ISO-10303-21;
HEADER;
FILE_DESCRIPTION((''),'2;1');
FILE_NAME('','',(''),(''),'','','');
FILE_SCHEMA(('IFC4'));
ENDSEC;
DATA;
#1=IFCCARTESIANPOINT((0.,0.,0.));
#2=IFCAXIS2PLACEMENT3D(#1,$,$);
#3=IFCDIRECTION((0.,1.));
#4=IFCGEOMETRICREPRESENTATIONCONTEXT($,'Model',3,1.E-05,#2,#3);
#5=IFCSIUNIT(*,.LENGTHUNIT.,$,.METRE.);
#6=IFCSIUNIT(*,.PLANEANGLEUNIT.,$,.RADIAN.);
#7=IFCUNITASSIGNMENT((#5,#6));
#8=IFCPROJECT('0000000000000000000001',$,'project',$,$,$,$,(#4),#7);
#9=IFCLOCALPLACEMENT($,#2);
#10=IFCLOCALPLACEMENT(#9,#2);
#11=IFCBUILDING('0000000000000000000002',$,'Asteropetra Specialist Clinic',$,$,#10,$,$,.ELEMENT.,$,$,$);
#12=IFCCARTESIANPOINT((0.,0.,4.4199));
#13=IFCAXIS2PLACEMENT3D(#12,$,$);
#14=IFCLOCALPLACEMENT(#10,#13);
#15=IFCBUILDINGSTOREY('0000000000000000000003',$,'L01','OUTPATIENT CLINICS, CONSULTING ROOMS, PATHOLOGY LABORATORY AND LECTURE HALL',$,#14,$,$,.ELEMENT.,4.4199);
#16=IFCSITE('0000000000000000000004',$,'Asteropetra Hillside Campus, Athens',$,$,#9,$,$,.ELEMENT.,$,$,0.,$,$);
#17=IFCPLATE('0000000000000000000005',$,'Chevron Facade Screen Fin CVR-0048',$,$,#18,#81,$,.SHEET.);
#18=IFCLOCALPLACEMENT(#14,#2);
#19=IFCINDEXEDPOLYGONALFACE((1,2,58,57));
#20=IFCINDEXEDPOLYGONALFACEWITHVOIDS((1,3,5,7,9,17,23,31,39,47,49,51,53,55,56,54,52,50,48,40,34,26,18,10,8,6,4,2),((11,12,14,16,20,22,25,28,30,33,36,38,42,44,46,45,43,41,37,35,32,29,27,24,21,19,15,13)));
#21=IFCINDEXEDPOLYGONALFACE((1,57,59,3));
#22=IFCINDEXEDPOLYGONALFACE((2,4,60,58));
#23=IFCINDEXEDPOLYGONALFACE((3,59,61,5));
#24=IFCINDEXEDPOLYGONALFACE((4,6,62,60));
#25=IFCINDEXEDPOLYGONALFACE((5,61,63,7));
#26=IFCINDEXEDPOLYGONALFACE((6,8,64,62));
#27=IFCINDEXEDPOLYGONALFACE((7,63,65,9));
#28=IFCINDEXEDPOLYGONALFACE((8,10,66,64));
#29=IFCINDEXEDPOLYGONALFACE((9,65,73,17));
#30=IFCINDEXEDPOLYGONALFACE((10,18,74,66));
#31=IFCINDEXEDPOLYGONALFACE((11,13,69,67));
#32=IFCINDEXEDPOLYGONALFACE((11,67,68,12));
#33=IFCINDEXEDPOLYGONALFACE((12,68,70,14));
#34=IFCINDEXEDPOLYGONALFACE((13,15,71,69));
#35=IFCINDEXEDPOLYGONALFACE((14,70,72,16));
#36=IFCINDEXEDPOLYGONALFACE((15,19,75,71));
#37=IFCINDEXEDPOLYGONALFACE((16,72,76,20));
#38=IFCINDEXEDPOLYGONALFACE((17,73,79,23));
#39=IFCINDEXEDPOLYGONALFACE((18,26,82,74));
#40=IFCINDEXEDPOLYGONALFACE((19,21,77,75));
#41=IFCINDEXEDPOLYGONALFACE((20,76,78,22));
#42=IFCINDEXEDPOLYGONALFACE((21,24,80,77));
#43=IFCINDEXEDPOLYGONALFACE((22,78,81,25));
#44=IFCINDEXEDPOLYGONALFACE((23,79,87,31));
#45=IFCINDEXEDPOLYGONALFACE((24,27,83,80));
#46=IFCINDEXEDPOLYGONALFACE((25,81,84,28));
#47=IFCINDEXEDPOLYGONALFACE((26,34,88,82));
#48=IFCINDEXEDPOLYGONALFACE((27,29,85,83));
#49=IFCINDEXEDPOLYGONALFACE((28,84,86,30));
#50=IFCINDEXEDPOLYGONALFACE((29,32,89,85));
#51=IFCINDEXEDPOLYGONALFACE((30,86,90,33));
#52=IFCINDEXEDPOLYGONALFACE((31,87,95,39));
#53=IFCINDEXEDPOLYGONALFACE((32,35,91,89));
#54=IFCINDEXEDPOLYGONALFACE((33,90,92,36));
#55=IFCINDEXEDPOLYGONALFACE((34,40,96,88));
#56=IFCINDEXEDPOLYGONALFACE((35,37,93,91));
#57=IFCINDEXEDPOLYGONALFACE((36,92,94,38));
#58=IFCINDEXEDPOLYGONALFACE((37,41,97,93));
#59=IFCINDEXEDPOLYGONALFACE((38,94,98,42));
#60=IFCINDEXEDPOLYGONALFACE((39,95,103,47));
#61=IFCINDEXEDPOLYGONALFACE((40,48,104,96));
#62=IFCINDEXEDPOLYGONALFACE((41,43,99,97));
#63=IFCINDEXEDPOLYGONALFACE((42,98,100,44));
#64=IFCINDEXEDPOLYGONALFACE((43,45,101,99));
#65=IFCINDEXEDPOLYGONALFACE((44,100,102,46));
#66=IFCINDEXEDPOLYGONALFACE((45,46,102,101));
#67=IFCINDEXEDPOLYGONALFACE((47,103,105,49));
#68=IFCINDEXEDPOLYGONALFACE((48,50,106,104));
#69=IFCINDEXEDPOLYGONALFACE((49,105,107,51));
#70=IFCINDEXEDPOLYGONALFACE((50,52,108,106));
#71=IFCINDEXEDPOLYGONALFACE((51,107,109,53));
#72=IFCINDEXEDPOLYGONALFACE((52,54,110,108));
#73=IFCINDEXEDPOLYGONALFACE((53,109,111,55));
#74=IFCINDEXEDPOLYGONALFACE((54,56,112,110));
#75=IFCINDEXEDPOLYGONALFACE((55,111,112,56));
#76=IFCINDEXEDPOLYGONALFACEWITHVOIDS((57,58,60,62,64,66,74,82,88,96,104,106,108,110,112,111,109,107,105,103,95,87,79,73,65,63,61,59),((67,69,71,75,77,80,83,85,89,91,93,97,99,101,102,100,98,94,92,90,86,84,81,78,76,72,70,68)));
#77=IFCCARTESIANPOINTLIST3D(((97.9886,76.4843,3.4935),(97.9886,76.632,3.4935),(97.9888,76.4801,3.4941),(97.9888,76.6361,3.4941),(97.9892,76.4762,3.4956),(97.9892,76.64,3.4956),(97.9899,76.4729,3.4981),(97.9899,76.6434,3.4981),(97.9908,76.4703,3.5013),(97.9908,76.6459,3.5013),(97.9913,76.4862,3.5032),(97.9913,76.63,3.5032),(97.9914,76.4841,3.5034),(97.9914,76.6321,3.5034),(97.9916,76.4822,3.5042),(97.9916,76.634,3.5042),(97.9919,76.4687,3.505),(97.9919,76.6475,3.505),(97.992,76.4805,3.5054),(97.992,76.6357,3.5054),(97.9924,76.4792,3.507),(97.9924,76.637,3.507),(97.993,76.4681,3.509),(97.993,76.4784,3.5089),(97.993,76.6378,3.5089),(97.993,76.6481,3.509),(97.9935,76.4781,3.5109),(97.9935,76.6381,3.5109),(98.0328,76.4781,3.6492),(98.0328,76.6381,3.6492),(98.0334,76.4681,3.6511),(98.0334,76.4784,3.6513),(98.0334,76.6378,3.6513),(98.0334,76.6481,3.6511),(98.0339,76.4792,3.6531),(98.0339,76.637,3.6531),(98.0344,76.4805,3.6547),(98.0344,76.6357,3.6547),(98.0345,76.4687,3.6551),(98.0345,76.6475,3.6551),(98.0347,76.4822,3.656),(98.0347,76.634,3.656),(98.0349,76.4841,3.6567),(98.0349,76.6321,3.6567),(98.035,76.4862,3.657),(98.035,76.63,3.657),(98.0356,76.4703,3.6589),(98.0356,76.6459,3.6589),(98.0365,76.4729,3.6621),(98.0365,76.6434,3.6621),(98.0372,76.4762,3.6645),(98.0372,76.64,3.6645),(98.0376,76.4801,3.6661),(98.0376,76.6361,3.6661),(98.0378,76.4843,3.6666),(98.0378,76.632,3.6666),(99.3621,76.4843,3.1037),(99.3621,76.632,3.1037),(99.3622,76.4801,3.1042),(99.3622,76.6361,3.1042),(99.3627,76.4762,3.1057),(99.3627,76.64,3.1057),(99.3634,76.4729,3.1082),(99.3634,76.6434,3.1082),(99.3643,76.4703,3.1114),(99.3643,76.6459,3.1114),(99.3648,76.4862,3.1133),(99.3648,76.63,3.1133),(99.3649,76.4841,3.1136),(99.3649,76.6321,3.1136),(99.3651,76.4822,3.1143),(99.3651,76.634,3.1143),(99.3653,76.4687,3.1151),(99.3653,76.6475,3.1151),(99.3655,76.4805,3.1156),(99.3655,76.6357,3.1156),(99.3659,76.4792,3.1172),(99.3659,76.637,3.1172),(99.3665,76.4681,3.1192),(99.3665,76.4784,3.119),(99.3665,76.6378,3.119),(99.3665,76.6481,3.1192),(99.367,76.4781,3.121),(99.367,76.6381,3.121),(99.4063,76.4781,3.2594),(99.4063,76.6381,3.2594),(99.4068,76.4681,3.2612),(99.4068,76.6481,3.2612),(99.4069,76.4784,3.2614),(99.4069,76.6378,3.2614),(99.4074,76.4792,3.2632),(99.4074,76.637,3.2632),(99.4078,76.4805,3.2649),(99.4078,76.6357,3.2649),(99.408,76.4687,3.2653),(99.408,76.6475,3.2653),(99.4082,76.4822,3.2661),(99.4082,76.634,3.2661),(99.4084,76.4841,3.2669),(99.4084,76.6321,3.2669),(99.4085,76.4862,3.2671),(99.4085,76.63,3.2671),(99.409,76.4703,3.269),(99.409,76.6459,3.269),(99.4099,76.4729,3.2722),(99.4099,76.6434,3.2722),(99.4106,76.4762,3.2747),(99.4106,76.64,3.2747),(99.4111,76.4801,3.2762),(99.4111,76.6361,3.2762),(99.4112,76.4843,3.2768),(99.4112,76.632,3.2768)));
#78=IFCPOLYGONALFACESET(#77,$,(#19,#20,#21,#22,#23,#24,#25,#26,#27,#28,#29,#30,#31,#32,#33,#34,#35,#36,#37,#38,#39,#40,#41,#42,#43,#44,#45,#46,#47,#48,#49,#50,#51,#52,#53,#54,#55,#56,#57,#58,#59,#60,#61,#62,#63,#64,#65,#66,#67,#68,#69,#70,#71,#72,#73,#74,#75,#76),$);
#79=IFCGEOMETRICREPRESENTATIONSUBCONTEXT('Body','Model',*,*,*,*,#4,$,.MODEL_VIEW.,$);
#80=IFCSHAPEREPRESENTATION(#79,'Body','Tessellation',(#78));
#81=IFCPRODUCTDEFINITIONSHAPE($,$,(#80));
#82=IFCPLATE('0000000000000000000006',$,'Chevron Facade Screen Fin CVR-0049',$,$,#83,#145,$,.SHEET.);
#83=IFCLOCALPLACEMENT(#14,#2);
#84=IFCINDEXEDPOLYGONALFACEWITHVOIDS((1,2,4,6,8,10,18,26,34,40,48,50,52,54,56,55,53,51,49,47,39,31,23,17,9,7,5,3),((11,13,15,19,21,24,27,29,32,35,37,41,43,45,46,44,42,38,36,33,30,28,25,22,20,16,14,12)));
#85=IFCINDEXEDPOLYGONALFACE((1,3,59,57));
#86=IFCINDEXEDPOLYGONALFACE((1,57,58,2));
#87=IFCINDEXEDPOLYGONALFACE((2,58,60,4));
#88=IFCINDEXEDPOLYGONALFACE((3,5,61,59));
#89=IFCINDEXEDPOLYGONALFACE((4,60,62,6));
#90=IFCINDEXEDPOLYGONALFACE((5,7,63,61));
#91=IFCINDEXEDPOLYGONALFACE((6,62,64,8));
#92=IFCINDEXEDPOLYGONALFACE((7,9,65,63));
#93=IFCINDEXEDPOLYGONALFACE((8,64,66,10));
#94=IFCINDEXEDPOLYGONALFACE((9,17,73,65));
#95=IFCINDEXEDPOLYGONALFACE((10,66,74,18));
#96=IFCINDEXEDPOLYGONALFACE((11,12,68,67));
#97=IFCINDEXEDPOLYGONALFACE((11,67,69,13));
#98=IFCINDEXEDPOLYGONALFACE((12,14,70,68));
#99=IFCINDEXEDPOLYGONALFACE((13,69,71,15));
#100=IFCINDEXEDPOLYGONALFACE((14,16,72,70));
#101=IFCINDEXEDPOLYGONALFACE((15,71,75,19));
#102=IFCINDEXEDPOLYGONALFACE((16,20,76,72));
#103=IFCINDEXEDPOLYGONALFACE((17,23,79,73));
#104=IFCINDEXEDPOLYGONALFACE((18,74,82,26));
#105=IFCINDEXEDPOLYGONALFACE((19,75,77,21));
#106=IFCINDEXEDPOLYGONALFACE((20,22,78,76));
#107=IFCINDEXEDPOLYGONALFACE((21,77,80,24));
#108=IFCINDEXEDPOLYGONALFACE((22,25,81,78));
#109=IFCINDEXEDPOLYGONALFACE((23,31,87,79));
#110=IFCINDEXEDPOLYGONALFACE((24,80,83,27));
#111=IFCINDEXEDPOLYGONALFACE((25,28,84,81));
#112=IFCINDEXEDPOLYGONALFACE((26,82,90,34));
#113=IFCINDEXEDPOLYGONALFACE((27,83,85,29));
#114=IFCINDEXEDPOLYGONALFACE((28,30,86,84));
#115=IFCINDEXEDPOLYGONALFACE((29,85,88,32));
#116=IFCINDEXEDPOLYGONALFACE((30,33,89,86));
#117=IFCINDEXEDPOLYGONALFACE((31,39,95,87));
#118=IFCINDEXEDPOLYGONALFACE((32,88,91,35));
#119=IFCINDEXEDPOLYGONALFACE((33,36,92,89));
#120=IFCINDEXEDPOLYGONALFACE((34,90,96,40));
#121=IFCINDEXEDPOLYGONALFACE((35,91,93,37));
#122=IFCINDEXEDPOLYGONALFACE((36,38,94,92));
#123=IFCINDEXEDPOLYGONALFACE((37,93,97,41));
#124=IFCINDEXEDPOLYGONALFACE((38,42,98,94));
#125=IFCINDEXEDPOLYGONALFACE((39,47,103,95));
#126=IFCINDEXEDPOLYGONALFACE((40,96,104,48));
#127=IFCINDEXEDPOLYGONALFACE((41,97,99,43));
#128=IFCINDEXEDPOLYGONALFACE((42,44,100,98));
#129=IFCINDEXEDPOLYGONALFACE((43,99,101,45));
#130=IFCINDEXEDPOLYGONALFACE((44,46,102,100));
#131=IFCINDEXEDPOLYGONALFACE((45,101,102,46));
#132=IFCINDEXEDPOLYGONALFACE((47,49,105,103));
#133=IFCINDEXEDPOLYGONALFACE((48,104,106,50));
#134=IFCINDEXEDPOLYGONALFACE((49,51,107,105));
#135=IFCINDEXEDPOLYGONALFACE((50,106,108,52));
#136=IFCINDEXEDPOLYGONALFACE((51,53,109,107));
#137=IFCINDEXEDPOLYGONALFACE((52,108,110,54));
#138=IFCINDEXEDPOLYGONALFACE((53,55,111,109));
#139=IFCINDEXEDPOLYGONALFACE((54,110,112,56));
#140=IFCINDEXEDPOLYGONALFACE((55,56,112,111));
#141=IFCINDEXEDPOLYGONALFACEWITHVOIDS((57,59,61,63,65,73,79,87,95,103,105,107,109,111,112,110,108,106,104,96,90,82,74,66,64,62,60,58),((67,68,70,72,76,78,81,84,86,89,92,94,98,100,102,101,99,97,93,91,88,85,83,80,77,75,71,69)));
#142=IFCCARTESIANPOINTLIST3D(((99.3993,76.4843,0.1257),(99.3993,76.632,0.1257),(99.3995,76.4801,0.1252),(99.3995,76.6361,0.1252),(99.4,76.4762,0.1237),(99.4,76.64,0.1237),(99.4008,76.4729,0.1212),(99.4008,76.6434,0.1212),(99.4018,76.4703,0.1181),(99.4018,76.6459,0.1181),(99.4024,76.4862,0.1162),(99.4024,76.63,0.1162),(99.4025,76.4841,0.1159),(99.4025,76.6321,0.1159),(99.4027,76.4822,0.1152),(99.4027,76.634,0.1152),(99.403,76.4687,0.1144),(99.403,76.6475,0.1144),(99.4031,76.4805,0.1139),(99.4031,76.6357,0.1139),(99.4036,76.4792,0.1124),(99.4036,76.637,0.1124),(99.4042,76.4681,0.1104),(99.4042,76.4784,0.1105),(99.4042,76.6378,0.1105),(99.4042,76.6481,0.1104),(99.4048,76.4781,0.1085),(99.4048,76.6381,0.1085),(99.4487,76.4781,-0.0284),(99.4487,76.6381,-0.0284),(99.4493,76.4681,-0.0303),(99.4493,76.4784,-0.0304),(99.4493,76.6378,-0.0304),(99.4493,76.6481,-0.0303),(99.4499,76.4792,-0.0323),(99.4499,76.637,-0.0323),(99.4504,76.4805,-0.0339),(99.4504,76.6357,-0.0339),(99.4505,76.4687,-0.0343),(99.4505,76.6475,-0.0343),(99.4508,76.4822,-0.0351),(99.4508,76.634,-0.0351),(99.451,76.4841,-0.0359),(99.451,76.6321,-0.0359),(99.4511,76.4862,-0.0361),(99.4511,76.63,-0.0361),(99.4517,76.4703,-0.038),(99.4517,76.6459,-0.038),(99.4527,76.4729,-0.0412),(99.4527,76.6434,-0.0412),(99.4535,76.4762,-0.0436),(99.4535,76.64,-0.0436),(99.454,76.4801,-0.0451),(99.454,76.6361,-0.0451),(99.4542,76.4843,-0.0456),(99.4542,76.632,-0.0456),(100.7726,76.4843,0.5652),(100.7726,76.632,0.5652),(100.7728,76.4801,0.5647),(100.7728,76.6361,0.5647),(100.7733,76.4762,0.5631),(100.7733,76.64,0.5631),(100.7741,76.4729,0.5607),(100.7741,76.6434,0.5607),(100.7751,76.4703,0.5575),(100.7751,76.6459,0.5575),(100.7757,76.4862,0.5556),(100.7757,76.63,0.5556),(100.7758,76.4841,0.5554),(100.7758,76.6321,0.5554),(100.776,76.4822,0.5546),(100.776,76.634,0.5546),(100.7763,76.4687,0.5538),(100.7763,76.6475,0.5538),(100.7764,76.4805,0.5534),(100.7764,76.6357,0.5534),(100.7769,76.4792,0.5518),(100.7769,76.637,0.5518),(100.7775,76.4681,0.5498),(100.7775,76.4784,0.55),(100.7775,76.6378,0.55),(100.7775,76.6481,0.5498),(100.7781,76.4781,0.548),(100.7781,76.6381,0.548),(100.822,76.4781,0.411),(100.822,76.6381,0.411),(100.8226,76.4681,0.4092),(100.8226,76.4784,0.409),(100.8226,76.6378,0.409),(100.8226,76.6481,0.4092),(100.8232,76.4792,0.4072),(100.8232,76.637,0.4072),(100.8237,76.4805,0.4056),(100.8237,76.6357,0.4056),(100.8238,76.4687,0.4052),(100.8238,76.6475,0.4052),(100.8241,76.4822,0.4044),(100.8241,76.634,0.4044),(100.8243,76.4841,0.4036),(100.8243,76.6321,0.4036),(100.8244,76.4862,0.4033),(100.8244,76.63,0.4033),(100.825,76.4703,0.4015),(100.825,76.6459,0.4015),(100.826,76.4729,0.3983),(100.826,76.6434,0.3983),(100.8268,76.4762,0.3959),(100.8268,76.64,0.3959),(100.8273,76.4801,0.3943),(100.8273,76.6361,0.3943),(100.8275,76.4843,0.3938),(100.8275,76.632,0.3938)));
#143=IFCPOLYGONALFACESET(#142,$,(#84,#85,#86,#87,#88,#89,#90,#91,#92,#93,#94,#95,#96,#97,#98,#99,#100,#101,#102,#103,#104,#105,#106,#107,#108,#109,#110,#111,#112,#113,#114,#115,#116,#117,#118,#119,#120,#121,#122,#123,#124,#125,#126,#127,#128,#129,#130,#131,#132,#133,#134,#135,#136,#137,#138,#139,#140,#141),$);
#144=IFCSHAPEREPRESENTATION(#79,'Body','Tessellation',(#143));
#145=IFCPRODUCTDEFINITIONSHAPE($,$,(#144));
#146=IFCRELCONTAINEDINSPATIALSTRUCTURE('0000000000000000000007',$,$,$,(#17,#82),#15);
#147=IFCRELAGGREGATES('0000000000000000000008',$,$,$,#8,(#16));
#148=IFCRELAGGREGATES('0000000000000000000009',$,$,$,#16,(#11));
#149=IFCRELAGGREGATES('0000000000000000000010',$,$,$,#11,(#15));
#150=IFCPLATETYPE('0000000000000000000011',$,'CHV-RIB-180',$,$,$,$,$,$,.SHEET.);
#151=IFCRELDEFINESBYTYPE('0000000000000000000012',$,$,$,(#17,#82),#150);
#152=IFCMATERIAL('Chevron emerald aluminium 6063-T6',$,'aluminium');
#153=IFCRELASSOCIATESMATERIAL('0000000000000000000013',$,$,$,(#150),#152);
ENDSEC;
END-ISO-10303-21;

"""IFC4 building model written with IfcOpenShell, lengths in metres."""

from ifc_helpers import new_model, si_unit, direction, frame, origin, origin_2d, place, context, subcontext, project, spatial, hollow_rectangle, extrude, material, material_profile, profile_set, type_object, element, save


model = new_model("IFC4")

# Units and contexts
model_context = context("Model", 3, precision=1e-05, world=origin(), true_north=direction((0.0, 1.0)))
body_context = subcontext(model_context, "Body", "Model", "MODEL_VIEW")
ifc_project = project(units=[si_unit("LENGTHUNIT", "METRE"), si_unit("PLANEANGLEUNIT", "RADIAN")], contexts=[model_context])

# Site, building, storey
site_placement = place(None, origin())
site = spatial("IfcSite", under=ifc_project, at=site_placement, Name="Asteropetra Hillside Campus, Athens", CompositionType="ELEMENT", RefElevation=0.0)
building_placement = place(site_placement, origin())
building = spatial("IfcBuilding", under=site, at=building_placement, Name="Asteropetra Specialist Clinic", CompositionType="ELEMENT")
storey_placement = place(building_placement, frame((0.0, 0.0, 4.4199)))
storey = spatial("IfcBuildingStorey", under=building, at=storey_placement, Name="L01", Description="OUTPATIENT CLINICS, CONSULTING ROOMS, PATHOLOGY LABORATORY AND LECTURE HALL", CompositionType="ELEMENT", Elevation=4.4199)

# Plates
ifc_material_1 = material(Name="Chevron emerald aluminium 6063-T6", Category="aluminium")
ifc_material_profile_1 = material_profile(ifc_material_1, hollow_rectangle(XDim=0.1799, YDim=0.1799, WallThickness=0.01, InnerFilletRadius=0.0081, OuterFilletRadius=0.0161, at=origin_2d()), Name="SHS 180x180x10.0")
ifc_profile_set_1 = profile_set([ifc_material_profile_1], Name="Chevron emerald aluminium 6063-T6")
plate_type = type_object("IfcPlateType", Name="CHV-RIB-180", PredefinedType="SHEET", material=ifc_profile_set_1)
plate_1_placement = place(storey_placement, frame((98.0132, 76.5581, 3.5801), z_axis=(0.961994, 0.0, -0.273072), x_axis=(0.0, 1.0, 0.0)))
element("IfcPlate", 1, at=plate_1_placement, inside=storey, type_object=plate_type, Name="Chevron Facade Screen Fin CVR-0048", PredefinedType="SHEET", context=body_context, shape_type="SweptSolid", body=[
    extrude(hollow_rectangle(XDim=0.1799, YDim=0.1799, WallThickness=0.01, InnerFilletRadius=0.0081, OuterFilletRadius=0.0161, at=origin_2d()), origin(), (0.0, 0.0, 1.0), 1.4277),
])
for number, where, z_axis, x_axis, name in (
    (2, (99.4268, 76.5581, 0.04), (0.952424, 0.0, 0.304776), (0.0, 1.0, 0.0), "Chevron Facade Screen Fin CVR-0049"),
):
    element("IfcPlate", number, at=place(storey_placement, frame(where, z_axis=z_axis, x_axis=x_axis)), inside=storey, type_object=plate_type, Name=name, PredefinedType="SHEET", context=body_context, shape_type="SweptSolid", body=[
        extrude(hollow_rectangle(XDim=0.1799, YDim=0.1799, WallThickness=0.01, InnerFilletRadius=0.0081, OuterFilletRadius=0.0161, at=origin_2d()), origin(), (0.0, 0.0, 1.0), 1.4419),
    ])

save(model, "model.ifc")
